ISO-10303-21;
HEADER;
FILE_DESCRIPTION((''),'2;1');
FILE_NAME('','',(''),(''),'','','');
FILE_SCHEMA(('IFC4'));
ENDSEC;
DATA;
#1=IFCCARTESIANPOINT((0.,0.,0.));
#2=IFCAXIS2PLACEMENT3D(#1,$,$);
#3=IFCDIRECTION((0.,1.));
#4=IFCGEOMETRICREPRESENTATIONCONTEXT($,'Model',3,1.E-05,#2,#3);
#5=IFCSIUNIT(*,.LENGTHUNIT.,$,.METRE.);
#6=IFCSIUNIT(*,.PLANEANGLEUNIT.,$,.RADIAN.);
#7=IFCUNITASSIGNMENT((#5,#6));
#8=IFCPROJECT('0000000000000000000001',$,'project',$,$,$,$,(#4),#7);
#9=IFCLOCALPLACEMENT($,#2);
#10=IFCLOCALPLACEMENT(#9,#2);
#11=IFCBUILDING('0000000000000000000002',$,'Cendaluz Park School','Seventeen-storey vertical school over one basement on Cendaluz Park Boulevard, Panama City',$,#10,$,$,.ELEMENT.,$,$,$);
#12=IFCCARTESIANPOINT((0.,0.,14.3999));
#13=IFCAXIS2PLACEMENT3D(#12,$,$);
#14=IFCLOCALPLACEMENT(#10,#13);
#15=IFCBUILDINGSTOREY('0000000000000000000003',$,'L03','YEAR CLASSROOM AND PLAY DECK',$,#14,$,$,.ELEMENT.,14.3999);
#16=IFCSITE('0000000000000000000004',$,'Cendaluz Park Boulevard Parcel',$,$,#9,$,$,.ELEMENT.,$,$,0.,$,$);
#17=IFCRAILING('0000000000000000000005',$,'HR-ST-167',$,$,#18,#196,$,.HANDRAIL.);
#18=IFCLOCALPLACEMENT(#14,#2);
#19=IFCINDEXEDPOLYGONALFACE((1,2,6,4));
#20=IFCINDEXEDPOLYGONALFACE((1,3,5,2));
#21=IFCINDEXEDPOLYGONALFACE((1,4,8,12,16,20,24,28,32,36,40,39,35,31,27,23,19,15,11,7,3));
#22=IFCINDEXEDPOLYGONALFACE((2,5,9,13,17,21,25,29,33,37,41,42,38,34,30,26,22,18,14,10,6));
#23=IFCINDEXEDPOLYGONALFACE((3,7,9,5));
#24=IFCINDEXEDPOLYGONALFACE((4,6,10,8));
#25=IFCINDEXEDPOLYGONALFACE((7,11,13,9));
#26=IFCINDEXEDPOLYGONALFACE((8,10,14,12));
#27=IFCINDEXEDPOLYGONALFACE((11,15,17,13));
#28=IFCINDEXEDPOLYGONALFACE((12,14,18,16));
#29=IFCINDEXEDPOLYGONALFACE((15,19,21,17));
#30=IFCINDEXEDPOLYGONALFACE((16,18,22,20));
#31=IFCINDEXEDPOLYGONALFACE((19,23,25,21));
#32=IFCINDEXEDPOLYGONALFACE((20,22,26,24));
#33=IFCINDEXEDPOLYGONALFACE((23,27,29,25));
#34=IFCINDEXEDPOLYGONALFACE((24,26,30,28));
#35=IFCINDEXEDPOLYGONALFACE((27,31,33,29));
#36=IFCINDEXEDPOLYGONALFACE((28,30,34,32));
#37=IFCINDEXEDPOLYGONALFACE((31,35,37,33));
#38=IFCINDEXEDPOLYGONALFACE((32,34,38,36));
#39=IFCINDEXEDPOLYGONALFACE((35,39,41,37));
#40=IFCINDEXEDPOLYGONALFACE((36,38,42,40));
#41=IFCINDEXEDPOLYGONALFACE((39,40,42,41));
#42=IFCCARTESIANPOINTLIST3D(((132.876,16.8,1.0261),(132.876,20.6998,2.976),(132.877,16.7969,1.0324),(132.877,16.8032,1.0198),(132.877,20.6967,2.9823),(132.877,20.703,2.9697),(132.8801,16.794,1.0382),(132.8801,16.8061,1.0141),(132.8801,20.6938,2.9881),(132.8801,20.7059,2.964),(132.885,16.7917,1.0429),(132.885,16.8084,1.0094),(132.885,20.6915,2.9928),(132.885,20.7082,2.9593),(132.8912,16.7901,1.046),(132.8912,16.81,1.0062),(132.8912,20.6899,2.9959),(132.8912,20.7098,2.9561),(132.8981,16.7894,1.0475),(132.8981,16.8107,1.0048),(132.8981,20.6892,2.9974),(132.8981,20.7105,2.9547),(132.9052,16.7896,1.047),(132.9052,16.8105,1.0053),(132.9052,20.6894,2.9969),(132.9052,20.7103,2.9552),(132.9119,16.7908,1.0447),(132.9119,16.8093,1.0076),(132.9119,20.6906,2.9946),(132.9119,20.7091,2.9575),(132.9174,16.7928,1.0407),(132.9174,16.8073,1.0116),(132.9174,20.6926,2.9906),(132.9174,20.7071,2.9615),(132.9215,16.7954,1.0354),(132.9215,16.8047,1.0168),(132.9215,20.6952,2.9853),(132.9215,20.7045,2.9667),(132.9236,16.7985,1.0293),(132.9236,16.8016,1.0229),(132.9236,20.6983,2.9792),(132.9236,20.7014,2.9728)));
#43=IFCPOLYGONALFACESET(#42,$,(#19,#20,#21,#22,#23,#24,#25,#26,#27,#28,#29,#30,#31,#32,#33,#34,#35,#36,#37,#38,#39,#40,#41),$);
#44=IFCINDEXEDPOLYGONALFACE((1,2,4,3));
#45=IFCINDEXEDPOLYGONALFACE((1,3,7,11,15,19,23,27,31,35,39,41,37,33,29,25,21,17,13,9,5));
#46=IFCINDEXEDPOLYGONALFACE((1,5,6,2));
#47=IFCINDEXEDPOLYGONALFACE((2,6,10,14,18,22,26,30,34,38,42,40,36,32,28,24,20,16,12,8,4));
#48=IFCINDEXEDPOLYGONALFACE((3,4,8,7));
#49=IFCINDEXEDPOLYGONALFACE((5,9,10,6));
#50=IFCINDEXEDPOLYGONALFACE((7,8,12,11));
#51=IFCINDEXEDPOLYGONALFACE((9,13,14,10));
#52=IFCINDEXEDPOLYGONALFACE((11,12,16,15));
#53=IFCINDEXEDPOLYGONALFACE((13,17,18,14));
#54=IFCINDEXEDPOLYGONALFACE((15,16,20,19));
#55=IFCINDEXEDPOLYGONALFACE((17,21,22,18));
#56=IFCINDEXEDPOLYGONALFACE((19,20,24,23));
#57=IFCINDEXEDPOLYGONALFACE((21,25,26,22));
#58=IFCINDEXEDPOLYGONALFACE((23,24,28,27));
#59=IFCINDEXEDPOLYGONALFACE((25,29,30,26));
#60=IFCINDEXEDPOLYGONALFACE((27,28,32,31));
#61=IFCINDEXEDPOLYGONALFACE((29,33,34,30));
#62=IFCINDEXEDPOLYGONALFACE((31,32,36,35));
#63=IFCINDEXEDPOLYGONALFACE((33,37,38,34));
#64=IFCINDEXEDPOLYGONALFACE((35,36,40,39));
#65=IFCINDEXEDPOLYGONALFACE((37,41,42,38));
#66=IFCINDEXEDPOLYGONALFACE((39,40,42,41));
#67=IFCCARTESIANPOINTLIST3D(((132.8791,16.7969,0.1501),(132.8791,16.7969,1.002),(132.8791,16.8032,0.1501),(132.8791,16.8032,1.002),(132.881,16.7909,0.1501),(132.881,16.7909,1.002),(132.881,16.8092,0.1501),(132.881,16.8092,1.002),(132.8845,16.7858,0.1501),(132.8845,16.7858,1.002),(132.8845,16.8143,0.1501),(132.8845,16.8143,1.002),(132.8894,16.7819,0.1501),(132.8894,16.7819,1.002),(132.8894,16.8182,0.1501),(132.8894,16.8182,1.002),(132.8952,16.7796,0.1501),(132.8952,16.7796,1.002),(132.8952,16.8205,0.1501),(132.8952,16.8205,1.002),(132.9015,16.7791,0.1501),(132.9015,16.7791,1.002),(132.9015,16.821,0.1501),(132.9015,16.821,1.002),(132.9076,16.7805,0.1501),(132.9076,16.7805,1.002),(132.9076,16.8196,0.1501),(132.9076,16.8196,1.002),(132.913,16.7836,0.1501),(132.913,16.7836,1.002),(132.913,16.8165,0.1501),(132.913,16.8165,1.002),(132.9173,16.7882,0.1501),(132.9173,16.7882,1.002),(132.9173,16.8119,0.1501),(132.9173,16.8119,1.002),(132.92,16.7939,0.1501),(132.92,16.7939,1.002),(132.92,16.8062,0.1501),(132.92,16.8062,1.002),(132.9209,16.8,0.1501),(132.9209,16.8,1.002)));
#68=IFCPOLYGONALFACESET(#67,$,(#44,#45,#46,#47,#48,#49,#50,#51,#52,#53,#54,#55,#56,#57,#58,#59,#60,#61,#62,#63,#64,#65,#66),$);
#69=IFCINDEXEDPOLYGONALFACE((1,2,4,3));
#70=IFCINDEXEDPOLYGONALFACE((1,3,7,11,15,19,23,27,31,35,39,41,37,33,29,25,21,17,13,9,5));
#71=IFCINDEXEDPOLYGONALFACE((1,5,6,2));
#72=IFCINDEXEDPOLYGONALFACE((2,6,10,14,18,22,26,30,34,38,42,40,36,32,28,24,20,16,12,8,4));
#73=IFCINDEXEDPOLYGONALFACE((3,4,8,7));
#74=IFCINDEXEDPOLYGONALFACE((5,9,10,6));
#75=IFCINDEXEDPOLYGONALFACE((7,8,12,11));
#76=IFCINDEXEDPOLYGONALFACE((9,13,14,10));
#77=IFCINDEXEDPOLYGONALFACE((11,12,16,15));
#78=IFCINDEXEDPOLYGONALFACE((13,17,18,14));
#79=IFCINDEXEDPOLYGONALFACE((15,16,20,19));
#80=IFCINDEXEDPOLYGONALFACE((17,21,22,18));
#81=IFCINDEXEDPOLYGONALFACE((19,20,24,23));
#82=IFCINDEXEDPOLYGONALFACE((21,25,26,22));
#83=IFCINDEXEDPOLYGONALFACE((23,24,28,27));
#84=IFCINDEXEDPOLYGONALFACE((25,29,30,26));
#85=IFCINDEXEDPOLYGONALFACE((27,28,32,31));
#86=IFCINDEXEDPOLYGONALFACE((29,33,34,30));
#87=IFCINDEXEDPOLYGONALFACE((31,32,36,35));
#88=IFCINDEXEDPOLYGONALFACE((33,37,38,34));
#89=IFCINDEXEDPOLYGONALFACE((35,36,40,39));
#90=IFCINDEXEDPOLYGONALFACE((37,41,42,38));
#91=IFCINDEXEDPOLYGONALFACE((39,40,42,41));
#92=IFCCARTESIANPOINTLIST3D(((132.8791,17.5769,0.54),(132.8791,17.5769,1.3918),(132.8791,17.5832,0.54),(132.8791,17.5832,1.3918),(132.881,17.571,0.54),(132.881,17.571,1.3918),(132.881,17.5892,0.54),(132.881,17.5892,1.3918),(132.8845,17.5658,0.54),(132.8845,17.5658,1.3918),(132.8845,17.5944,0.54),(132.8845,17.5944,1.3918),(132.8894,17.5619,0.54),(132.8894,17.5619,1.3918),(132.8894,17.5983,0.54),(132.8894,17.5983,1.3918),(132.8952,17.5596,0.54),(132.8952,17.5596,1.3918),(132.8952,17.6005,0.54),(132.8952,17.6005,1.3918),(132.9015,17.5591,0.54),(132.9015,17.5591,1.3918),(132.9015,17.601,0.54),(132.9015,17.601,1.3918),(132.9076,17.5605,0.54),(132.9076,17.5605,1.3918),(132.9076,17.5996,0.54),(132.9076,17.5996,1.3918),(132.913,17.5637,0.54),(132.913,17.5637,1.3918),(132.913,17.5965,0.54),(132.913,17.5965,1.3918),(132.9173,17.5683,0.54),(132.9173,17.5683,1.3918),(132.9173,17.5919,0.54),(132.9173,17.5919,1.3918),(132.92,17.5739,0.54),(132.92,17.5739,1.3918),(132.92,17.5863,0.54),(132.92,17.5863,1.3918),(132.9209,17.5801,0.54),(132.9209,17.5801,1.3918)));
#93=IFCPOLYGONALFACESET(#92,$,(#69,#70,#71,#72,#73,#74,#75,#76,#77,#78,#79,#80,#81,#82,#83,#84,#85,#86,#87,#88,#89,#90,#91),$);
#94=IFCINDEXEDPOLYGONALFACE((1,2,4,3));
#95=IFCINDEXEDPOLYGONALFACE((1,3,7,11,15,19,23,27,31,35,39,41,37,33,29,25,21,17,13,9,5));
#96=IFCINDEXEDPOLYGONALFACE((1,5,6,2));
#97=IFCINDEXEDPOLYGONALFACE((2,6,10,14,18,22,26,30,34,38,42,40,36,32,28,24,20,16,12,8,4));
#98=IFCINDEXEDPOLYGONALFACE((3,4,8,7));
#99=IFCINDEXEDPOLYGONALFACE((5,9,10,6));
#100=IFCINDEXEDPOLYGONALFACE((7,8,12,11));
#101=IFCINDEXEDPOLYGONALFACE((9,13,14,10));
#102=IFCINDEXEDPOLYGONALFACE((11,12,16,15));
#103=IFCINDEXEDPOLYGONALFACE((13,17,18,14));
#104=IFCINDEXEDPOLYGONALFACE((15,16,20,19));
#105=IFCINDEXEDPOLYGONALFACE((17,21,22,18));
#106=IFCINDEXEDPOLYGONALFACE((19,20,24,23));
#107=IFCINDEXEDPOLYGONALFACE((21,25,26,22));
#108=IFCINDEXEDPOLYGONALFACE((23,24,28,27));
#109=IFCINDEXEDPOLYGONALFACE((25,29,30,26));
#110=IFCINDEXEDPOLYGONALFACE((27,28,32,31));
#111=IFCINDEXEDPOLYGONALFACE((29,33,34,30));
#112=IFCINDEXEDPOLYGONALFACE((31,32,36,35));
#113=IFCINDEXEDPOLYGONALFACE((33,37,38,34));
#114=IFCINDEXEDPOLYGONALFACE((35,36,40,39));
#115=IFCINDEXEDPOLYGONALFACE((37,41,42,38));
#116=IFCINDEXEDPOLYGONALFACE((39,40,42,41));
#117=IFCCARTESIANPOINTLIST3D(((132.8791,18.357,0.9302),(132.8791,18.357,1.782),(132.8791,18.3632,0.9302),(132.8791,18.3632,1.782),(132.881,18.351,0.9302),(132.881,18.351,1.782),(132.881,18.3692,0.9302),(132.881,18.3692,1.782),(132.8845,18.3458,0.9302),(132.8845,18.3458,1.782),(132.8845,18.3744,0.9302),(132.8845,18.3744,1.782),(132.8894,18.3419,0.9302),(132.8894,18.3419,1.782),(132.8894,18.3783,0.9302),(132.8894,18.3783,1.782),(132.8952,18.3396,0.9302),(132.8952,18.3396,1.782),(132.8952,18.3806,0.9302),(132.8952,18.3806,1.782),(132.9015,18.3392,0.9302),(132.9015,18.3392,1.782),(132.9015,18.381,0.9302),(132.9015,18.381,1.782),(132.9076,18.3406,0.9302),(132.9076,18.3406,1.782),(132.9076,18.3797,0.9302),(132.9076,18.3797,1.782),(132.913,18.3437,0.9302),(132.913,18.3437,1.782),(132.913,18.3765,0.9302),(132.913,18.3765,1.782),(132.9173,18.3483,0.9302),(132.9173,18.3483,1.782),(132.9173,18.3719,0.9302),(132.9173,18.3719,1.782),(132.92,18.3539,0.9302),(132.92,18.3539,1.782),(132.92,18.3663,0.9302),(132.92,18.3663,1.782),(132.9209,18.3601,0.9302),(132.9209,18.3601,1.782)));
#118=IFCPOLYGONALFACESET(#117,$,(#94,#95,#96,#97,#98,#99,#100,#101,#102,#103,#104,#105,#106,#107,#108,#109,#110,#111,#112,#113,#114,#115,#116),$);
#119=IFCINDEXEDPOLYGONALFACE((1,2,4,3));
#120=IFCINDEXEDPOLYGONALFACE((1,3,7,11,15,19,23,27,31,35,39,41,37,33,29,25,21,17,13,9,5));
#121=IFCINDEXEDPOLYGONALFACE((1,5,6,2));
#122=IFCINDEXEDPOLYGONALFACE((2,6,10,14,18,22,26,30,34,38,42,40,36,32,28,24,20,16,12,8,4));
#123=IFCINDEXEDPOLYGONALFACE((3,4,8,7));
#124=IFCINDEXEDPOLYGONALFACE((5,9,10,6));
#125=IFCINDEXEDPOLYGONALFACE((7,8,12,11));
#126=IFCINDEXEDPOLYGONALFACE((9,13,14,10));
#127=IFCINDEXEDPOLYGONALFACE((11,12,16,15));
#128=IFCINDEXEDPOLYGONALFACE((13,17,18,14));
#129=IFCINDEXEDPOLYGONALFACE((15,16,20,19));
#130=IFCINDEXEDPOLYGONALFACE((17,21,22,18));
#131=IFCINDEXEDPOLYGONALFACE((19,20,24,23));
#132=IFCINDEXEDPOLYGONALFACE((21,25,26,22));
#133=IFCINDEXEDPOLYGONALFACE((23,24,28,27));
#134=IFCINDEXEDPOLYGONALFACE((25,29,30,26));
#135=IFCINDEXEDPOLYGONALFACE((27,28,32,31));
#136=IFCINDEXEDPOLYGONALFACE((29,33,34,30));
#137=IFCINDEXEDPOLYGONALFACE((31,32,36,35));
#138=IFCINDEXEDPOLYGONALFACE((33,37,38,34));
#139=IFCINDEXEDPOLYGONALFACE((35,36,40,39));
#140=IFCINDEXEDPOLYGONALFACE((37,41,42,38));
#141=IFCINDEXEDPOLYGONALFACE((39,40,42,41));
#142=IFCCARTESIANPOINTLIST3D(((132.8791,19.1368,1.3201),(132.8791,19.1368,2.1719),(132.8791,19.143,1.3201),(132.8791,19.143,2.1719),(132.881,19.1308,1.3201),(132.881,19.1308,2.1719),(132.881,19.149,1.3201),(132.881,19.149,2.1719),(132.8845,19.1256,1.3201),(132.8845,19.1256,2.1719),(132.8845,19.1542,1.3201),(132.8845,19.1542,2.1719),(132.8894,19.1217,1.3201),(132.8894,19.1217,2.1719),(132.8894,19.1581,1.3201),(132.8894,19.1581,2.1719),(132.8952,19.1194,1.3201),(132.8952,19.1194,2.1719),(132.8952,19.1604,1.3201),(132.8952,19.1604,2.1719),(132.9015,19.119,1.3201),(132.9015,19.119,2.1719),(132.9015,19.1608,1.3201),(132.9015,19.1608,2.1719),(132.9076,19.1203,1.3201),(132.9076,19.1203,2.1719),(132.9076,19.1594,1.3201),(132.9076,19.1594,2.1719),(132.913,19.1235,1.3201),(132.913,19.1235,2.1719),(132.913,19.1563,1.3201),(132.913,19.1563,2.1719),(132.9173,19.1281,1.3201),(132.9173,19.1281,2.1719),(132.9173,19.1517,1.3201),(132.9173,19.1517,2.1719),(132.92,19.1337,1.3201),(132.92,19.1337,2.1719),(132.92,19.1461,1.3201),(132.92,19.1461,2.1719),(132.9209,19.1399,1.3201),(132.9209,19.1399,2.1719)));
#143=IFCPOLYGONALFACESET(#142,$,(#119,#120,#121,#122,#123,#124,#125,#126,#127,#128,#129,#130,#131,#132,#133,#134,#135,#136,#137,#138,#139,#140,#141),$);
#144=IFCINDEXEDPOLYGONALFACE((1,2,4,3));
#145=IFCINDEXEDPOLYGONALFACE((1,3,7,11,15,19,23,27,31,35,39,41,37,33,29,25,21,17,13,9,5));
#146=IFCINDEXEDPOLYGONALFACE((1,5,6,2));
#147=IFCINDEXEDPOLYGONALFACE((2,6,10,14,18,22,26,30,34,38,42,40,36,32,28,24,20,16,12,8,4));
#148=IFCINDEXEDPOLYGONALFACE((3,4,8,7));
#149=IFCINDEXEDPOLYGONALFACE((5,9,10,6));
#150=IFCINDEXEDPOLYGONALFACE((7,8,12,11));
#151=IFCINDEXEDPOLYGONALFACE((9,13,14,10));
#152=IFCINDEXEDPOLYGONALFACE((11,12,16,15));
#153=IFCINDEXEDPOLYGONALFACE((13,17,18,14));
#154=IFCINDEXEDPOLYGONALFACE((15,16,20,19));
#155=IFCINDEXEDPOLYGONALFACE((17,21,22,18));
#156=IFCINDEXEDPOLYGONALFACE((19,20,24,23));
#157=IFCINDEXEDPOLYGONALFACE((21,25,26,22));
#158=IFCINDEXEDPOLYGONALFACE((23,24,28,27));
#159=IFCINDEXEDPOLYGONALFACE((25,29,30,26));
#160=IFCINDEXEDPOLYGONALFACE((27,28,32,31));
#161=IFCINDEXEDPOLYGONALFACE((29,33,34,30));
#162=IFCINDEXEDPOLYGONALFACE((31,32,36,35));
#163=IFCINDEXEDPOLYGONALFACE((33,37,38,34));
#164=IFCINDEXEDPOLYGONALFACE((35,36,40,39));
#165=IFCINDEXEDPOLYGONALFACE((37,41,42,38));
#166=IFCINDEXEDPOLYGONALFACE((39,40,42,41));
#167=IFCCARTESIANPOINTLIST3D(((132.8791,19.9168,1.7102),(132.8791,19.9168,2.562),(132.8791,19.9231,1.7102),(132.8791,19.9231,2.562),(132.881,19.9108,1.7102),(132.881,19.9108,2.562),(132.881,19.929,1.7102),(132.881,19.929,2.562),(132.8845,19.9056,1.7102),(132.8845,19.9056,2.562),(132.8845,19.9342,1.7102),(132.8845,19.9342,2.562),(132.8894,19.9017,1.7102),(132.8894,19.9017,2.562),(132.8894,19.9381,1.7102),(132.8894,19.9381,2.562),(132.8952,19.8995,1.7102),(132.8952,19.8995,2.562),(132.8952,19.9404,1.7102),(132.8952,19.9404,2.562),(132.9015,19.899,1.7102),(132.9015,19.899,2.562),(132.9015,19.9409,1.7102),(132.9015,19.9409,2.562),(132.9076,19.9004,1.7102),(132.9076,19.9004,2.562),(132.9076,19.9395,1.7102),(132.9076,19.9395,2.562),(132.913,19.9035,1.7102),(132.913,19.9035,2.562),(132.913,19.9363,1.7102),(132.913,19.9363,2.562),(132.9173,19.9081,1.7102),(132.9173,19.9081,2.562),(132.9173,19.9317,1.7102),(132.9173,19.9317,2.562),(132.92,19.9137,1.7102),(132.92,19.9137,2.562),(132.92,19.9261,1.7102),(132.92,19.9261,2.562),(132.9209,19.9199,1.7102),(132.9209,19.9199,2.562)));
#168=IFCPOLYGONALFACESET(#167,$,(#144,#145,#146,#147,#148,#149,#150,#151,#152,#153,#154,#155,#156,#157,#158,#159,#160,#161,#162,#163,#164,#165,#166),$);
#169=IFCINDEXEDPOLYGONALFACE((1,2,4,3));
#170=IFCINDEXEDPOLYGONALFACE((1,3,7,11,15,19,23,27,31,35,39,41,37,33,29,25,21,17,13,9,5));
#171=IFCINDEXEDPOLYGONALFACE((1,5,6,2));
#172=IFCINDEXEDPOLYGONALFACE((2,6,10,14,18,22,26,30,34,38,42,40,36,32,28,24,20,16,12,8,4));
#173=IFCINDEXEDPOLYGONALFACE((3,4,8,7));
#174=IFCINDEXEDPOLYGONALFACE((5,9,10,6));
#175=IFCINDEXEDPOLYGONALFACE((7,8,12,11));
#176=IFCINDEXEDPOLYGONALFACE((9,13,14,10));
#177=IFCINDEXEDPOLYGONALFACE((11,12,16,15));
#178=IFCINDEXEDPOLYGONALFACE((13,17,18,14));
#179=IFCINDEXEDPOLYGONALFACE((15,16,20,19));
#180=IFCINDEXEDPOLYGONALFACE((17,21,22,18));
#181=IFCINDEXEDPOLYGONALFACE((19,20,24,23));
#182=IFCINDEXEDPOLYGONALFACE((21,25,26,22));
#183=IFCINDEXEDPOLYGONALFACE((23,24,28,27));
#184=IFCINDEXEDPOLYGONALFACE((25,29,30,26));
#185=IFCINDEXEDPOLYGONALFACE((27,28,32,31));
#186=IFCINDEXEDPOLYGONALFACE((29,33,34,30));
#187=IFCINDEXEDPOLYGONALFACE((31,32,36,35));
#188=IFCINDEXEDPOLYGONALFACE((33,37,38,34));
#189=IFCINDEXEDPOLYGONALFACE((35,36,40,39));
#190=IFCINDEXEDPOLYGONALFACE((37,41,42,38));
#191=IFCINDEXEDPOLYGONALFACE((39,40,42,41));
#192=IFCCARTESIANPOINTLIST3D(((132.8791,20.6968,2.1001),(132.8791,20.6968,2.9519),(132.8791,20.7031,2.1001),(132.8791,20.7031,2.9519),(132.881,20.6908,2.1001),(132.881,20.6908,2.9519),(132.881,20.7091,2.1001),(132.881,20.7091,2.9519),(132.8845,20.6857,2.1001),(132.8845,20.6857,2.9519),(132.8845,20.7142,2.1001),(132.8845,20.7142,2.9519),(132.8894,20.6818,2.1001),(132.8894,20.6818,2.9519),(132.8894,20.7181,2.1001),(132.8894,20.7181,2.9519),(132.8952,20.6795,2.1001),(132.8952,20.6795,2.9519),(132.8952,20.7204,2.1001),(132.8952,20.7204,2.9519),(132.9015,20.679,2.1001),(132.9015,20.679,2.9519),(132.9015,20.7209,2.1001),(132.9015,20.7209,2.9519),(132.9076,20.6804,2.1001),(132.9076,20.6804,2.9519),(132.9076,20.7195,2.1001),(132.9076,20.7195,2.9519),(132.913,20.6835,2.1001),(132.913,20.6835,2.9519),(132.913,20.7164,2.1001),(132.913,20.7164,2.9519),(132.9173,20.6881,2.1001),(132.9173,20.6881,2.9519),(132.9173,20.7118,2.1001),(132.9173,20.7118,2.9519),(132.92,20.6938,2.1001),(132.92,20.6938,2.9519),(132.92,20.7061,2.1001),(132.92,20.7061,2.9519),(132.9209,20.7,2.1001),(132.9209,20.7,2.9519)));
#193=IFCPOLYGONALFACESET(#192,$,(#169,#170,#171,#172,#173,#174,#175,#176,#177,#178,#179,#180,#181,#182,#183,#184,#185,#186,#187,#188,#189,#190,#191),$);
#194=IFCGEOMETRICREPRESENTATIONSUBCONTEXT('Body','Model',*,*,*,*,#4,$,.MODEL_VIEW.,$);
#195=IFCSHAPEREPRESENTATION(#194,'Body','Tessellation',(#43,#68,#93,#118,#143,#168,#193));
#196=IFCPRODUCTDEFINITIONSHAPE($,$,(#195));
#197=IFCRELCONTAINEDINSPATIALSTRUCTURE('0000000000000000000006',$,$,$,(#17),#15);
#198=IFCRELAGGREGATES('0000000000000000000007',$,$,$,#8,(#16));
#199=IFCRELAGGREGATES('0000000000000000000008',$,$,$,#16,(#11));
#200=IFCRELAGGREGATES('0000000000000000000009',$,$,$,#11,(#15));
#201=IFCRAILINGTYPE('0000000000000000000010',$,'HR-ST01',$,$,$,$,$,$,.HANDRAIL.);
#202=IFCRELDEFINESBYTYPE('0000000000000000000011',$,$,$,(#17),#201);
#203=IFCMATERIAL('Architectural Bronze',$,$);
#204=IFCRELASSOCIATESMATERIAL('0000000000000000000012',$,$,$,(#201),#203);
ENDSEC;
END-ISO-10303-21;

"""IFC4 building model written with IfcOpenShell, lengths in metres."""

from ifc_helpers import new_model, si_unit, direction, frame, origin, origin_2d, place, context, subcontext, project, spatial, circle, extrude, material, type_object, element, save


model = new_model("IFC4")

# Units and contexts
model_context = context("Model", 3, precision=1e-05, world=origin(), true_north=direction((0.0, 1.0)))
body_context = subcontext(model_context, "Body", "Model", "MODEL_VIEW")
ifc_project = project(units=[si_unit("LENGTHUNIT", "METRE"), si_unit("PLANEANGLEUNIT", "RADIAN")], contexts=[model_context])

# Site, building, storey
site_placement = place(None, origin())
site = spatial("IfcSite", under=ifc_project, at=site_placement, Name="Cendaluz Park Boulevard Parcel", CompositionType="ELEMENT", RefElevation=0.0)
building_placement = place(site_placement, origin())
building = spatial("IfcBuilding", under=site, at=building_placement, Name="Cendaluz Park School", Description="Seventeen-storey vertical school over one basement on Cendaluz Park Boulevard, Panama City", CompositionType="ELEMENT")
storey_placement = place(building_placement, frame((0.0, 0.0, 14.3999)))
storey = spatial("IfcBuildingStorey", under=building, at=storey_placement, Name="L03", Description="YEAR CLASSROOM AND PLAY DECK", CompositionType="ELEMENT", Elevation=14.3999)

# Railing
ifc_material_1 = material(Name="Architectural Bronze")
railing_type_1 = type_object("IfcRailingType", Name="HR-ST01", PredefinedType="HANDRAIL", material=ifc_material_1)
railing_1_placement = place(storey_placement, frame((132.8999, 16.8, 0.1501)))
element("IfcRailing", 1, at=railing_1_placement, inside=storey, type_object=railing_type_1, Name="HR-ST-167", PredefinedType="HANDRAIL", context=body_context, shape_type="SweptSolid", body=[
    extrude(circle(Radius=0.0239, at=origin_2d()), frame((0.0, 0.0, 0.876), z_axis=(0.0, 0.894427, 0.447214), x_axis=(-1.0, 0.0, 0.0)), (0.0, 0.0, 1.0), 4.3601),
    extrude(circle(Radius=0.021, at=origin_2d()), origin(), (0.0, 0.0, 1.0), 0.8518),
    extrude(circle(Radius=0.021, at=origin_2d()), frame((0.0, 0.78, 0.3899)), (0.0, 0.0, 1.0), 0.8518),
    extrude(circle(Radius=0.021, at=origin_2d()), frame((0.0, 1.5601, 0.78)), (0.0, 0.0, 1.0), 0.8518),
    extrude(circle(Radius=0.021, at=origin_2d()), frame((0.0, 2.3398, 1.1699)), (0.0, 0.0, 1.0), 0.8518),
    extrude(circle(Radius=0.021, at=origin_2d()), frame((0.0, 3.1199, 1.5601)), (0.0, 0.0, 1.0), 0.8518),
    extrude(circle(Radius=0.021, at=origin_2d()), frame((0.0, 3.8999, 1.95)), (0.0, 0.0, 1.0), 0.8518),
])

save(model, "model.ifc")
